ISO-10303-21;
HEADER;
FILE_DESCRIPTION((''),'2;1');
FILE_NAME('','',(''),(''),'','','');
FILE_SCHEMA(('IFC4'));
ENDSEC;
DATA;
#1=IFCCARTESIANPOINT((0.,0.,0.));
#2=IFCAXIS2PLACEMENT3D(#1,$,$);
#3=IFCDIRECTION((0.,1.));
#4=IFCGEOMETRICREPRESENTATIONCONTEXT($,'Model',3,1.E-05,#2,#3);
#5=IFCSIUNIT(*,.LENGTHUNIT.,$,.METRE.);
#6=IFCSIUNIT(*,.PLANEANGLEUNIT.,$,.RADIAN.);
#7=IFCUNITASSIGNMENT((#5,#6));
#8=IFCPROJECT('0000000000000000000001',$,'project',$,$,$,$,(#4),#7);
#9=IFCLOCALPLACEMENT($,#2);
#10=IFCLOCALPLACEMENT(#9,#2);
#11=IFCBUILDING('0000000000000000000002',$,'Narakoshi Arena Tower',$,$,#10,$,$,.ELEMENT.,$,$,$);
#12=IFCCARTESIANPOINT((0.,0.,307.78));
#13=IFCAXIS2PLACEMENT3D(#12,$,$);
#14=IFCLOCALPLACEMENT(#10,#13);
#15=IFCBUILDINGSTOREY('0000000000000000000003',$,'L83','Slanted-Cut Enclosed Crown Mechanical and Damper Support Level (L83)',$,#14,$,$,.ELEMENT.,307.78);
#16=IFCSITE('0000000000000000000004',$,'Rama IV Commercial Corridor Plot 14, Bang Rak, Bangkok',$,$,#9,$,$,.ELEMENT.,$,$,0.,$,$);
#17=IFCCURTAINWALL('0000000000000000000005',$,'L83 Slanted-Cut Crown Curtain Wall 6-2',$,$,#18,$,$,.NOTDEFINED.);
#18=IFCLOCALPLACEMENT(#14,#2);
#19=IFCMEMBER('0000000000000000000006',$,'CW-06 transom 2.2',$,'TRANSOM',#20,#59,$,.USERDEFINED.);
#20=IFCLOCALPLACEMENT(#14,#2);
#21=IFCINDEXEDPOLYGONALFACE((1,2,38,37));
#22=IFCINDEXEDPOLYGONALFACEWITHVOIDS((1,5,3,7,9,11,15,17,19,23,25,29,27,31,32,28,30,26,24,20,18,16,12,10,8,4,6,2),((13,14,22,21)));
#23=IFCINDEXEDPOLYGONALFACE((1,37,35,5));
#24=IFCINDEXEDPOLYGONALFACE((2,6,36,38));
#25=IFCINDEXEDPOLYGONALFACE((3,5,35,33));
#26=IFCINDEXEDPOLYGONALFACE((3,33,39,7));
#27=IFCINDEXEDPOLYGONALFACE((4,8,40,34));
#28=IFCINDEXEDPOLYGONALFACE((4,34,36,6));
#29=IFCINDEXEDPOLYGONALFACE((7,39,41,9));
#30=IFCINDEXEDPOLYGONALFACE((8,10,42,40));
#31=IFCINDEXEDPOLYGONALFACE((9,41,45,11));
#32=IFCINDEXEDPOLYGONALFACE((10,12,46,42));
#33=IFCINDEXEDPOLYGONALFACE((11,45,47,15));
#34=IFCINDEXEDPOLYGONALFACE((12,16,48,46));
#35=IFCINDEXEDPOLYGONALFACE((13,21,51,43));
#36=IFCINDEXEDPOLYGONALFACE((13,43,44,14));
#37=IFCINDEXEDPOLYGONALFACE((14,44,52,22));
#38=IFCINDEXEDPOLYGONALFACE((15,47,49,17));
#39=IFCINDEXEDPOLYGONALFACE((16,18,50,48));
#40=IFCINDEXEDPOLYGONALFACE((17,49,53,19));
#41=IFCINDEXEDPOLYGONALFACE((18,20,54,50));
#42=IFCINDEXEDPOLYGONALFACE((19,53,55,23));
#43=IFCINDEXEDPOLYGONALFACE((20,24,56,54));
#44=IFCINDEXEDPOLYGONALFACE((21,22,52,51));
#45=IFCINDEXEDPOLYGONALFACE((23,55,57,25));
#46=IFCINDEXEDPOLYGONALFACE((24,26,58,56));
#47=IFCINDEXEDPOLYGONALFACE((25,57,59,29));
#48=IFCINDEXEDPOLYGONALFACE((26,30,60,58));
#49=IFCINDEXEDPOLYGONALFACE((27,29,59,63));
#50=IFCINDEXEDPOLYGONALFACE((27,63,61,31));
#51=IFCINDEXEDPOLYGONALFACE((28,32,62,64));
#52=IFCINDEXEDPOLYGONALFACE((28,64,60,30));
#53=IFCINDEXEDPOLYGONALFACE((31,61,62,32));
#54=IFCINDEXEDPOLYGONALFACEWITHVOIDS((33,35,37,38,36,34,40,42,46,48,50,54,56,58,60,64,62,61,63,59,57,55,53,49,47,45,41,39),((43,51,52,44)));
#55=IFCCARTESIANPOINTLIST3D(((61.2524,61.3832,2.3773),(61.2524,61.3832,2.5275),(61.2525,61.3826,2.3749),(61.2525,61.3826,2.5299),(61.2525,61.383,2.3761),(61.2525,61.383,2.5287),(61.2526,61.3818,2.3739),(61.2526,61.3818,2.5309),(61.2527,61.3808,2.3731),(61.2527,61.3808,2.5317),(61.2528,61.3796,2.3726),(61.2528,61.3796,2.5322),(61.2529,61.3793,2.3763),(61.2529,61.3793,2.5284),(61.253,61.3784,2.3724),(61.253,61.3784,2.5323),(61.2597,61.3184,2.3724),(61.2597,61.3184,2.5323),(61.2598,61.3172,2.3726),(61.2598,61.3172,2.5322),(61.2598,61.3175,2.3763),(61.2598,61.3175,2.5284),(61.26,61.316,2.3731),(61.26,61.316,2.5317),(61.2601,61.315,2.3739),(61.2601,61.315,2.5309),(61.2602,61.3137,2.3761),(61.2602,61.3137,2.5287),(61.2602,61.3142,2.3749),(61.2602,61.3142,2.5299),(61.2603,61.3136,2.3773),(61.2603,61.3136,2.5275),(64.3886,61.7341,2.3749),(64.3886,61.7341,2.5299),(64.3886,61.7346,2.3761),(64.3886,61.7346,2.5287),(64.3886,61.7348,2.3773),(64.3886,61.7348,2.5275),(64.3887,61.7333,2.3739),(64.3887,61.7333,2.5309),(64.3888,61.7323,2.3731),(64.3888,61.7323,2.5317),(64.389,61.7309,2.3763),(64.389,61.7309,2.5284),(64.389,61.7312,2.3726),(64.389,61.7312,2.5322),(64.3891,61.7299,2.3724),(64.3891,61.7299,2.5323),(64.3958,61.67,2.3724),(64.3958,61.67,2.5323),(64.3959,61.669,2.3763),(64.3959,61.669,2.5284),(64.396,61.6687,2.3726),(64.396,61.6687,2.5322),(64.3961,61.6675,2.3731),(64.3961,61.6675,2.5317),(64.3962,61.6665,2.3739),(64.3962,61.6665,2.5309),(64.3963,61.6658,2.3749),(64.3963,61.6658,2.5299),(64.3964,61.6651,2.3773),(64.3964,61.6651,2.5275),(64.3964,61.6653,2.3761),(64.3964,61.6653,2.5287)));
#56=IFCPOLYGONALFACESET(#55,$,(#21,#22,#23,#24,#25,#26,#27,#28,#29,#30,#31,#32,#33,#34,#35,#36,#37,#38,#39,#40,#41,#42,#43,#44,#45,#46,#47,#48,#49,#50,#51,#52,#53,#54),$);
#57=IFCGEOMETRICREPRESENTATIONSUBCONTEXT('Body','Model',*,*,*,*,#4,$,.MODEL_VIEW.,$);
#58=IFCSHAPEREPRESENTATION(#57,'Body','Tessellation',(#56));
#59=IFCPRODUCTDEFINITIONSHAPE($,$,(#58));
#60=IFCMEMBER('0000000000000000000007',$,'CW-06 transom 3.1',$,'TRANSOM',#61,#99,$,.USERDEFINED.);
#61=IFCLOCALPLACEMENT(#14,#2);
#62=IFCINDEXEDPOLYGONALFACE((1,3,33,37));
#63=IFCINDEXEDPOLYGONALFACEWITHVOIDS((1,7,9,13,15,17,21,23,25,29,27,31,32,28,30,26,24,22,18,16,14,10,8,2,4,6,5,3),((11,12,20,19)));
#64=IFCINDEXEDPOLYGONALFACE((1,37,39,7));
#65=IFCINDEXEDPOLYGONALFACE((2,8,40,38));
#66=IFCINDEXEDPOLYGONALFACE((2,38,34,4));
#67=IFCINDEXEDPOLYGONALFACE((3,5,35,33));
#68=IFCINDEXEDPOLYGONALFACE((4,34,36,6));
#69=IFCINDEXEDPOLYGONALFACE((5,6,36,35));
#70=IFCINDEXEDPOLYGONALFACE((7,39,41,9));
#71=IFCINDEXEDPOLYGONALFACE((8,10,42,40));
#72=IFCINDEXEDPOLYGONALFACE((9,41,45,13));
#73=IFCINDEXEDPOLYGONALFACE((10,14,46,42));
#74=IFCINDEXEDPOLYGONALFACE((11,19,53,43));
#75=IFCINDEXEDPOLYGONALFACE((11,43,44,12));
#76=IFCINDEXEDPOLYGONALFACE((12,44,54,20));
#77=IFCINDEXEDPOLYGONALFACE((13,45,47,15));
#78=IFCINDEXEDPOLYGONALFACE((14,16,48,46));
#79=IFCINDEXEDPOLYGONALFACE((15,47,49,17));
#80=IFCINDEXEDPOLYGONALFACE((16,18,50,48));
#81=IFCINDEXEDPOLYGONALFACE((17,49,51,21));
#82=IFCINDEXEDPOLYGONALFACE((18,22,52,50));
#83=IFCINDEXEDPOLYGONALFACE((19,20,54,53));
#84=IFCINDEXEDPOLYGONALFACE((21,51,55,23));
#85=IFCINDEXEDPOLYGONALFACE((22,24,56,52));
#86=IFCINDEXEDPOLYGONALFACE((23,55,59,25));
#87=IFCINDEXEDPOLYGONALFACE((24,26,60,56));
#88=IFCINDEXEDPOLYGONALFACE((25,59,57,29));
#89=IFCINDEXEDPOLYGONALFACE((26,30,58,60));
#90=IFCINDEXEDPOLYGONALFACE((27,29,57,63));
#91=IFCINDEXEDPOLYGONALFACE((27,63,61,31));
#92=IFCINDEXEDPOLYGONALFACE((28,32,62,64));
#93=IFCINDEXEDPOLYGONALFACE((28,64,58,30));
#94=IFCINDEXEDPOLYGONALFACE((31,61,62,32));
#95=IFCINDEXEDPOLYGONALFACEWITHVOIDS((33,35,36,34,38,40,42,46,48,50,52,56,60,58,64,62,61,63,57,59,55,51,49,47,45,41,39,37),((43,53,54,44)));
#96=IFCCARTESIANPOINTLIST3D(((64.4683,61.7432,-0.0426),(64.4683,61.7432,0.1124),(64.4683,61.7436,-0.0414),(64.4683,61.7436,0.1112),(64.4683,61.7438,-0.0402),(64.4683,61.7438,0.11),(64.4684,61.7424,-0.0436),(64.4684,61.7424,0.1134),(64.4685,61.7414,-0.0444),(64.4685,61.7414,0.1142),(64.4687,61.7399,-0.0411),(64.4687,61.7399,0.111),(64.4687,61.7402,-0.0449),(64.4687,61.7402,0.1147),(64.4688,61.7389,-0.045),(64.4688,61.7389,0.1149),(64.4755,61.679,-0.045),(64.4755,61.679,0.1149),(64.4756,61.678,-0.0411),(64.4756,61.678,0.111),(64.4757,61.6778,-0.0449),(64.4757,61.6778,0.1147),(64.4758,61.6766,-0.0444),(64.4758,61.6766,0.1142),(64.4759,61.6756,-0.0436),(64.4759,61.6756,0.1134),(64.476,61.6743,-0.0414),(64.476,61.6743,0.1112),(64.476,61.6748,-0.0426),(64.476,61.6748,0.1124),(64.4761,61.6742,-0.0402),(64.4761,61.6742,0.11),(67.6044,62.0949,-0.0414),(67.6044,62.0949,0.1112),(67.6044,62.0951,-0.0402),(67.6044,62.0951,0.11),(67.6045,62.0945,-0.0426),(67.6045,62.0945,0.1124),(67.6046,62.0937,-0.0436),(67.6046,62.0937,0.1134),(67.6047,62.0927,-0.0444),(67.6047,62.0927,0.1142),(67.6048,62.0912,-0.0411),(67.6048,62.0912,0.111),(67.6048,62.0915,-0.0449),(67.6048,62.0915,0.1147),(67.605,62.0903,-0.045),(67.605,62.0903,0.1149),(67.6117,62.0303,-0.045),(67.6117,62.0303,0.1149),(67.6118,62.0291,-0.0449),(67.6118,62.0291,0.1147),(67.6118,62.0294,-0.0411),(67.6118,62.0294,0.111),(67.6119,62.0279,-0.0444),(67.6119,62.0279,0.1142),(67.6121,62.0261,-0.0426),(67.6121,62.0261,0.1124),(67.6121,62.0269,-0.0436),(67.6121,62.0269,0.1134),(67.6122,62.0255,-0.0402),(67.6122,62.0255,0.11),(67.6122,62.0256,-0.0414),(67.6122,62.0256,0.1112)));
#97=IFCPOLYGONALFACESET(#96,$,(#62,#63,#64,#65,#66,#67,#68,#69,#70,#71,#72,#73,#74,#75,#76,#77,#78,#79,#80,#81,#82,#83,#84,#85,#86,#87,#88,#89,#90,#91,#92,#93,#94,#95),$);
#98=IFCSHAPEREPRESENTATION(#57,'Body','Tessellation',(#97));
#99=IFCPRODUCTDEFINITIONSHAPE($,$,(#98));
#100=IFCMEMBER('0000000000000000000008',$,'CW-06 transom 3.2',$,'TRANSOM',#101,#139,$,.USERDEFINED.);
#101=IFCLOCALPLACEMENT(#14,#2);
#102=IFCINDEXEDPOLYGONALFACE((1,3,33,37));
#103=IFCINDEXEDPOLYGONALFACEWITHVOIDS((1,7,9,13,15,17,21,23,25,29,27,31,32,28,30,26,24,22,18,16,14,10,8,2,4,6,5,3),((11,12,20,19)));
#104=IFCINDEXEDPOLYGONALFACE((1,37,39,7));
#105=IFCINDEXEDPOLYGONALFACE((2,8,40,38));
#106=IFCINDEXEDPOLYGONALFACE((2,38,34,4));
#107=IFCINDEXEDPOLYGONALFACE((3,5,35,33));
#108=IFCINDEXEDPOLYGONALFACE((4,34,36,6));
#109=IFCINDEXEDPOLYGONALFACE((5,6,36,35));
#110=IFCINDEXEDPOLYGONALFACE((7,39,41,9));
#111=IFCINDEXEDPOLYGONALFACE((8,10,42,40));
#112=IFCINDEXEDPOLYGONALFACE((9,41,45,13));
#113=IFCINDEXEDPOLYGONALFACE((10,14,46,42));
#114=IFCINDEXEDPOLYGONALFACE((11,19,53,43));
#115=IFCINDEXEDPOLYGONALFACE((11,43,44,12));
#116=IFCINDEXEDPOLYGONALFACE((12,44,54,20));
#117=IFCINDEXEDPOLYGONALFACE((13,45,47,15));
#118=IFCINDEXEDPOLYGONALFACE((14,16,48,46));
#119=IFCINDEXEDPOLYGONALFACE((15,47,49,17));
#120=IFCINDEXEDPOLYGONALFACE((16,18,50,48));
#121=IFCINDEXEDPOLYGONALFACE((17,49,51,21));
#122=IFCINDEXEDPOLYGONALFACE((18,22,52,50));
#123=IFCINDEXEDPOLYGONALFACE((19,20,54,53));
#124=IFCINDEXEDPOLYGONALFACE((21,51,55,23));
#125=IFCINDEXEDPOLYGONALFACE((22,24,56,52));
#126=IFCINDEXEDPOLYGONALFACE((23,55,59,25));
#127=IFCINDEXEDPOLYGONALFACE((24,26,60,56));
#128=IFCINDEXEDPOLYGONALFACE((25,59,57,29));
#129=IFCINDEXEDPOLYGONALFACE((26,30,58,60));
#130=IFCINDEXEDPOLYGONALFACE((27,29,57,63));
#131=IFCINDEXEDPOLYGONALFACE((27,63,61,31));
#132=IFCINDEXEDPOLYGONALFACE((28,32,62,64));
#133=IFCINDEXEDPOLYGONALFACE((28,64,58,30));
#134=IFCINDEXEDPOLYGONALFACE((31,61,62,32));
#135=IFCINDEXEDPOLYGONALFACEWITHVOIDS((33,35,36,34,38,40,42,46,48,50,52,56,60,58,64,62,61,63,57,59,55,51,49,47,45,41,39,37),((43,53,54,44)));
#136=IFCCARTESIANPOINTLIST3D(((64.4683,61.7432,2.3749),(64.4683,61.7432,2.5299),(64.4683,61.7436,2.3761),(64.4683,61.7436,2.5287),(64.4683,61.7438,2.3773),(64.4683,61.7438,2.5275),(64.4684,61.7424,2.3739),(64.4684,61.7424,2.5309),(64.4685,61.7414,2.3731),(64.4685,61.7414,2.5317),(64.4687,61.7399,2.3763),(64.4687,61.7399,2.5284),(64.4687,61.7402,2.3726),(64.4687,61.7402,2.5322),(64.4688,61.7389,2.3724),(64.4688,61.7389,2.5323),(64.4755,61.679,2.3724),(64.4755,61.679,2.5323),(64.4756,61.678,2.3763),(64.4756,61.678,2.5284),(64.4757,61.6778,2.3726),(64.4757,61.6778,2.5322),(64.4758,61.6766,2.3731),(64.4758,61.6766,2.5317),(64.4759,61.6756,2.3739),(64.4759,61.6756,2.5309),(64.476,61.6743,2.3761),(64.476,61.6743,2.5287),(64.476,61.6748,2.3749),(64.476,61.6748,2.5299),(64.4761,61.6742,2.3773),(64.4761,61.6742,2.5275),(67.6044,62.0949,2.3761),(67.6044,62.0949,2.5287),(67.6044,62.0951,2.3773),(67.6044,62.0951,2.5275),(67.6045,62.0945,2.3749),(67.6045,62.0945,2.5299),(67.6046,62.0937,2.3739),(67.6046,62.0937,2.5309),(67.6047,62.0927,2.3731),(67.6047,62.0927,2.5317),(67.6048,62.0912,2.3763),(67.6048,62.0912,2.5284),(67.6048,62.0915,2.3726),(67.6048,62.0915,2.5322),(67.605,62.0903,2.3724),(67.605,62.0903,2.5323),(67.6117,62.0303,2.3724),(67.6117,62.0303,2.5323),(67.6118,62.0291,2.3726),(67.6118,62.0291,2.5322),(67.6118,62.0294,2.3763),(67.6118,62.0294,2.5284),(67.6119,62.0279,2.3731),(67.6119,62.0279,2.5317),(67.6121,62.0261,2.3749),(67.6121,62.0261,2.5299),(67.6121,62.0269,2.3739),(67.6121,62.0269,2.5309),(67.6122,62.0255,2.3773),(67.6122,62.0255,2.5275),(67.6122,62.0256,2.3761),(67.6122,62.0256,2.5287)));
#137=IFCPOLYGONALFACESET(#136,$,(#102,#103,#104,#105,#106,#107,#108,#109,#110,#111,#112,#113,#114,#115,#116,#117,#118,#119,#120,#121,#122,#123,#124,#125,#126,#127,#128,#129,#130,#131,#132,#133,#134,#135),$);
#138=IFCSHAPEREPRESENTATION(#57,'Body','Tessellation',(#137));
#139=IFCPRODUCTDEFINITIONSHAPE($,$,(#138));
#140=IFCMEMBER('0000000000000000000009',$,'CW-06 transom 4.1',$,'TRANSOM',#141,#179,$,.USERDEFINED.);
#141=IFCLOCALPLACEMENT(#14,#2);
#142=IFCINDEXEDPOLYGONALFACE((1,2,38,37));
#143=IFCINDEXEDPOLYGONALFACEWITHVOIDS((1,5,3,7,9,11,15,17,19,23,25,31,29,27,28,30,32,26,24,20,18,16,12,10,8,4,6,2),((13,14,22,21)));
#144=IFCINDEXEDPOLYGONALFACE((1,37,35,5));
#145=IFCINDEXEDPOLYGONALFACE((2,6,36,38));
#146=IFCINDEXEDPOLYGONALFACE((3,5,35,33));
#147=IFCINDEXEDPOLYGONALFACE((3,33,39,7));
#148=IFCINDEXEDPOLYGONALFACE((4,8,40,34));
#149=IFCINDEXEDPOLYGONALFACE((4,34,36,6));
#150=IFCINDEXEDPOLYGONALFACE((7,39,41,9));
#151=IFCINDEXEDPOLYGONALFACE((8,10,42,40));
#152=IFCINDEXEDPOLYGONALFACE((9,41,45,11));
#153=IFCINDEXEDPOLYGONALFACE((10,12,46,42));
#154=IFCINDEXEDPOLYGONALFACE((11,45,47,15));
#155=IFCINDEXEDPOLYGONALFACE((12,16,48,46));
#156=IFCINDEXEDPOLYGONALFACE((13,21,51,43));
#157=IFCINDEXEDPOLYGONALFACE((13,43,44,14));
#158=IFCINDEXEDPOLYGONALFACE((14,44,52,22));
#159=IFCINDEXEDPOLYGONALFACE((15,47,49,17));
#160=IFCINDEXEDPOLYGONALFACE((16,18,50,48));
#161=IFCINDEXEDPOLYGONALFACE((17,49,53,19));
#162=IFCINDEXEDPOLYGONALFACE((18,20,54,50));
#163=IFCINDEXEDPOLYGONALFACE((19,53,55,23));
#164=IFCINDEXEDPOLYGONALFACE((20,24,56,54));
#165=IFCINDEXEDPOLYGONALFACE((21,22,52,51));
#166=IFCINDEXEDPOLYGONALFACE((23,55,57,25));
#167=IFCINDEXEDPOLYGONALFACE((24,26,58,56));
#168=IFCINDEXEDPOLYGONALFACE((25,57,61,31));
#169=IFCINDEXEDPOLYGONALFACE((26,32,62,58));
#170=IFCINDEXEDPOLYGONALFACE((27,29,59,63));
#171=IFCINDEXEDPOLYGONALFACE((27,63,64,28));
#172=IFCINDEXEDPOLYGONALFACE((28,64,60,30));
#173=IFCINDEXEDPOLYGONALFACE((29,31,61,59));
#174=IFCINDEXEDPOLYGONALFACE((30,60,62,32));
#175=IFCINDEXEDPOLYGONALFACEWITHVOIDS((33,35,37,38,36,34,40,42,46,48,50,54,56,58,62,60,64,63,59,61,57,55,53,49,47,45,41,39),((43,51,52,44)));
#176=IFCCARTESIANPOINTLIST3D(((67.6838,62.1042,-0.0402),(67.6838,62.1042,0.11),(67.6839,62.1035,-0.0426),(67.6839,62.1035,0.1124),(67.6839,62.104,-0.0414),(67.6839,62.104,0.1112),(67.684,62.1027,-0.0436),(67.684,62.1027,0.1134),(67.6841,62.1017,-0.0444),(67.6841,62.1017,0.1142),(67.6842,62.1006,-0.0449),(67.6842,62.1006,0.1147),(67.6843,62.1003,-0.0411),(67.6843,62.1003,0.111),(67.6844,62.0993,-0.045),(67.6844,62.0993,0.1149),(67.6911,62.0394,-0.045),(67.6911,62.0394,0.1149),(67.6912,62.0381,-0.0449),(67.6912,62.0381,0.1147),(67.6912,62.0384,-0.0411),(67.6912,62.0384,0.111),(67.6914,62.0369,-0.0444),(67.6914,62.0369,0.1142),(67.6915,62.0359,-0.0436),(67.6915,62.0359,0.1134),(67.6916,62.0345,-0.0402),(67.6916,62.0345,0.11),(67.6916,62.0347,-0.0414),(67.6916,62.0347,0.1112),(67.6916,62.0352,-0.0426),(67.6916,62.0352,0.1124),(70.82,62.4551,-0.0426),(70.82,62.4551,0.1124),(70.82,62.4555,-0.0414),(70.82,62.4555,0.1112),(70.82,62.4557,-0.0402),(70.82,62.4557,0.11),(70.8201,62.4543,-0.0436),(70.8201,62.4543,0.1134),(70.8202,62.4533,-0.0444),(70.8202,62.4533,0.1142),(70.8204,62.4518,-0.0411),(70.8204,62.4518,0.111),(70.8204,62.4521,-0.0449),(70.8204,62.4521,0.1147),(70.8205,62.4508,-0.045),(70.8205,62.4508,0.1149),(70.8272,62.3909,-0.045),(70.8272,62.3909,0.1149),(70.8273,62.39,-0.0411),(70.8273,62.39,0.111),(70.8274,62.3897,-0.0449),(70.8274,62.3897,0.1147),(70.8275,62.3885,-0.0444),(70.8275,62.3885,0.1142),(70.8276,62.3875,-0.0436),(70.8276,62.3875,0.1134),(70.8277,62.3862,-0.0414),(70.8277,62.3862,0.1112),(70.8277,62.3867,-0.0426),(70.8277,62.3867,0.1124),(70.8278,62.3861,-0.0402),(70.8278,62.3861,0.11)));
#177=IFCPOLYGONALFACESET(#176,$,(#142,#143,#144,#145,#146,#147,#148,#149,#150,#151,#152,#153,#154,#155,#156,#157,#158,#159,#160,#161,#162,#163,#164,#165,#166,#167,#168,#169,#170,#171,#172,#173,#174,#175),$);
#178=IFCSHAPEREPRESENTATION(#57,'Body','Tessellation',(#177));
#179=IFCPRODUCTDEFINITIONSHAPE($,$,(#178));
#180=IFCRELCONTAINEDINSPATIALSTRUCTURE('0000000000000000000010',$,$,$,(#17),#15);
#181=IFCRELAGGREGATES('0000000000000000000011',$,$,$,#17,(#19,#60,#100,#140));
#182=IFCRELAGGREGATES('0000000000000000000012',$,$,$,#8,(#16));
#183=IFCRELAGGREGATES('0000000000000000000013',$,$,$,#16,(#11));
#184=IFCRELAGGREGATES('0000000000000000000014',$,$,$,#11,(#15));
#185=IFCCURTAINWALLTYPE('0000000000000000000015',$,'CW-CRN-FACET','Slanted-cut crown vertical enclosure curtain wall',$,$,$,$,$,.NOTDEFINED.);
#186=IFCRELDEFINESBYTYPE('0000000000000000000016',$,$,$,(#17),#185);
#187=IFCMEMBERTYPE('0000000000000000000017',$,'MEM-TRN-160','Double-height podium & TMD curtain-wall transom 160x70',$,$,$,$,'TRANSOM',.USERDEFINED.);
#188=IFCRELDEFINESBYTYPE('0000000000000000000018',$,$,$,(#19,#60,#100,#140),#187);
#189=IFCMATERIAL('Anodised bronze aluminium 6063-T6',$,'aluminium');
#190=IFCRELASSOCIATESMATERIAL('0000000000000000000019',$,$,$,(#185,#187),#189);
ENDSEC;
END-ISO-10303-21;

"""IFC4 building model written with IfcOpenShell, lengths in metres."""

from ifc_helpers import new_model, si_unit, direction, frame, origin, origin_2d, place, context, subcontext, project, spatial, hollow_rectangle, extrude, material, material_profile, profile_set, type_object, element, aggregate, save


model = new_model("IFC4")

# Units and contexts
model_context = context("Model", 3, precision=1e-05, world=origin(), true_north=direction((0.0, 1.0)))
body_context = subcontext(model_context, "Body", "Model", "MODEL_VIEW")
ifc_project = project(units=[si_unit("LENGTHUNIT", "METRE"), si_unit("PLANEANGLEUNIT", "RADIAN")], contexts=[model_context])

# Site, building, storey
site_placement = place(None, origin())
site = spatial("IfcSite", under=ifc_project, at=site_placement, Name="Rama IV Commercial Corridor Plot 14, Bang Rak, Bangkok", CompositionType="ELEMENT", RefElevation=0.0)
building_placement = place(site_placement, origin())
building = spatial("IfcBuilding", under=site, at=building_placement, Name="Narakoshi Arena Tower", CompositionType="ELEMENT")
storey_placement = place(building_placement, frame((0.0, 0.0, 307.78)))
storey = spatial("IfcBuildingStorey", under=building, at=storey_placement, Name="L83", Description="Slanted-Cut Enclosed Crown Mechanical and Damper Support Level (L83)", CompositionType="ELEMENT", Elevation=307.78)

# Curtain wall, members
ifc_material_1 = material(Name="Anodised bronze aluminium 6063-T6", Category="aluminium")
curtain_wall_type = type_object("IfcCurtainWallType", Name="CW-CRN-FACET", Description="Slanted-cut crown vertical enclosure curtain wall", PredefinedType="NOTDEFINED", material=ifc_material_1)
curtain_wall_placement = place(storey_placement, origin())
curtain_wall = element("IfcCurtainWall", 1, at=curtain_wall_placement, inside=storey, type_object=curtain_wall_type, Name="L83 Slanted-Cut Crown Curtain Wall 6-2", PredefinedType="NOTDEFINED")
ifc_material_profile_1 = material_profile(ifc_material_1, hollow_rectangle(XDim=0.0701, YDim=0.1599, WallThickness=0.0039, OuterFilletRadius=0.0049, at=origin_2d()), Name="TRN160x70x4")
ifc_profile_set_1 = profile_set([ifc_material_profile_1], Name="Anodised bronze aluminium 6063-T6")
member_type_1 = type_object("IfcMemberType", Name="MEM-TRN-160", Description="Double-height podium & TMD curtain-wall transom 160x70", ElementType="TRANSOM", PredefinedType="USERDEFINED", material=ifc_profile_set_1)
member_1_placement = place(storey_placement, frame((61.2563, 61.3484, 2.4524), z_axis=(0.993776, 0.111399, 0.0), x_axis=(-0.111399, 0.993776, 0.0)))
member_1 = element("IfcMember", 2, at=member_1_placement, type_object=member_type_1, Name="CW-06 transom 2.2", ObjectType="TRANSOM", PredefinedType="USERDEFINED", context=body_context, shape_type="SweptSolid", body=[
    extrude(hollow_rectangle(XDim=0.0701, YDim=0.1599, WallThickness=0.0039, OuterFilletRadius=0.0049, at=origin_2d()), origin(), (0.0, 0.0, 1.0), 3.1558),
])
member_2_placement = place(storey_placement, frame((64.4722, 61.709, 0.0349), z_axis=(0.993784, 0.111323, 0.0), x_axis=(-0.111323, 0.993784, 0.0)))
member_2 = element("IfcMember", 3, at=member_2_placement, type_object=member_type_1, Name="CW-06 transom 3.1", ObjectType="TRANSOM", PredefinedType="USERDEFINED", context=body_context, shape_type="SweptSolid", body=[
    extrude(hollow_rectangle(XDim=0.0701, YDim=0.1599, WallThickness=0.0039, OuterFilletRadius=0.0049, at=origin_2d()), origin(), (0.0, 0.0, 1.0), 3.1558),
])
member_3_placement = place(storey_placement, frame((64.4722, 61.709, 2.4524), z_axis=(0.993784, 0.111323, 0.0), x_axis=(-0.111323, 0.993784, 0.0)))
member_3 = element("IfcMember", 4, at=member_3_placement, type_object=member_type_1, Name="CW-06 transom 3.2", ObjectType="TRANSOM", PredefinedType="USERDEFINED", context=body_context, shape_type="SweptSolid", body=[
    extrude(hollow_rectangle(XDim=0.0701, YDim=0.1599, WallThickness=0.0039, OuterFilletRadius=0.0049, at=origin_2d()), origin(), (0.0, 0.0, 1.0), 3.1558),
])
member_4_placement = place(storey_placement, frame((67.6877, 62.0693, 0.0349), z_axis=(0.993776, 0.111399, 0.0), x_axis=(-0.111399, 0.993776, 0.0)))
member_4 = element("IfcMember", 5, at=member_4_placement, type_object=member_type_1, Name="CW-06 transom 4.1", ObjectType="TRANSOM", PredefinedType="USERDEFINED", context=body_context, shape_type="SweptSolid", body=[
    extrude(hollow_rectangle(XDim=0.0701, YDim=0.1599, WallThickness=0.0039, OuterFilletRadius=0.0049, at=origin_2d()), origin(), (0.0, 0.0, 1.0), 3.1558),
])
aggregate(curtain_wall, [member_1, member_2, member_3, member_4])

save(model, "model.ifc")
